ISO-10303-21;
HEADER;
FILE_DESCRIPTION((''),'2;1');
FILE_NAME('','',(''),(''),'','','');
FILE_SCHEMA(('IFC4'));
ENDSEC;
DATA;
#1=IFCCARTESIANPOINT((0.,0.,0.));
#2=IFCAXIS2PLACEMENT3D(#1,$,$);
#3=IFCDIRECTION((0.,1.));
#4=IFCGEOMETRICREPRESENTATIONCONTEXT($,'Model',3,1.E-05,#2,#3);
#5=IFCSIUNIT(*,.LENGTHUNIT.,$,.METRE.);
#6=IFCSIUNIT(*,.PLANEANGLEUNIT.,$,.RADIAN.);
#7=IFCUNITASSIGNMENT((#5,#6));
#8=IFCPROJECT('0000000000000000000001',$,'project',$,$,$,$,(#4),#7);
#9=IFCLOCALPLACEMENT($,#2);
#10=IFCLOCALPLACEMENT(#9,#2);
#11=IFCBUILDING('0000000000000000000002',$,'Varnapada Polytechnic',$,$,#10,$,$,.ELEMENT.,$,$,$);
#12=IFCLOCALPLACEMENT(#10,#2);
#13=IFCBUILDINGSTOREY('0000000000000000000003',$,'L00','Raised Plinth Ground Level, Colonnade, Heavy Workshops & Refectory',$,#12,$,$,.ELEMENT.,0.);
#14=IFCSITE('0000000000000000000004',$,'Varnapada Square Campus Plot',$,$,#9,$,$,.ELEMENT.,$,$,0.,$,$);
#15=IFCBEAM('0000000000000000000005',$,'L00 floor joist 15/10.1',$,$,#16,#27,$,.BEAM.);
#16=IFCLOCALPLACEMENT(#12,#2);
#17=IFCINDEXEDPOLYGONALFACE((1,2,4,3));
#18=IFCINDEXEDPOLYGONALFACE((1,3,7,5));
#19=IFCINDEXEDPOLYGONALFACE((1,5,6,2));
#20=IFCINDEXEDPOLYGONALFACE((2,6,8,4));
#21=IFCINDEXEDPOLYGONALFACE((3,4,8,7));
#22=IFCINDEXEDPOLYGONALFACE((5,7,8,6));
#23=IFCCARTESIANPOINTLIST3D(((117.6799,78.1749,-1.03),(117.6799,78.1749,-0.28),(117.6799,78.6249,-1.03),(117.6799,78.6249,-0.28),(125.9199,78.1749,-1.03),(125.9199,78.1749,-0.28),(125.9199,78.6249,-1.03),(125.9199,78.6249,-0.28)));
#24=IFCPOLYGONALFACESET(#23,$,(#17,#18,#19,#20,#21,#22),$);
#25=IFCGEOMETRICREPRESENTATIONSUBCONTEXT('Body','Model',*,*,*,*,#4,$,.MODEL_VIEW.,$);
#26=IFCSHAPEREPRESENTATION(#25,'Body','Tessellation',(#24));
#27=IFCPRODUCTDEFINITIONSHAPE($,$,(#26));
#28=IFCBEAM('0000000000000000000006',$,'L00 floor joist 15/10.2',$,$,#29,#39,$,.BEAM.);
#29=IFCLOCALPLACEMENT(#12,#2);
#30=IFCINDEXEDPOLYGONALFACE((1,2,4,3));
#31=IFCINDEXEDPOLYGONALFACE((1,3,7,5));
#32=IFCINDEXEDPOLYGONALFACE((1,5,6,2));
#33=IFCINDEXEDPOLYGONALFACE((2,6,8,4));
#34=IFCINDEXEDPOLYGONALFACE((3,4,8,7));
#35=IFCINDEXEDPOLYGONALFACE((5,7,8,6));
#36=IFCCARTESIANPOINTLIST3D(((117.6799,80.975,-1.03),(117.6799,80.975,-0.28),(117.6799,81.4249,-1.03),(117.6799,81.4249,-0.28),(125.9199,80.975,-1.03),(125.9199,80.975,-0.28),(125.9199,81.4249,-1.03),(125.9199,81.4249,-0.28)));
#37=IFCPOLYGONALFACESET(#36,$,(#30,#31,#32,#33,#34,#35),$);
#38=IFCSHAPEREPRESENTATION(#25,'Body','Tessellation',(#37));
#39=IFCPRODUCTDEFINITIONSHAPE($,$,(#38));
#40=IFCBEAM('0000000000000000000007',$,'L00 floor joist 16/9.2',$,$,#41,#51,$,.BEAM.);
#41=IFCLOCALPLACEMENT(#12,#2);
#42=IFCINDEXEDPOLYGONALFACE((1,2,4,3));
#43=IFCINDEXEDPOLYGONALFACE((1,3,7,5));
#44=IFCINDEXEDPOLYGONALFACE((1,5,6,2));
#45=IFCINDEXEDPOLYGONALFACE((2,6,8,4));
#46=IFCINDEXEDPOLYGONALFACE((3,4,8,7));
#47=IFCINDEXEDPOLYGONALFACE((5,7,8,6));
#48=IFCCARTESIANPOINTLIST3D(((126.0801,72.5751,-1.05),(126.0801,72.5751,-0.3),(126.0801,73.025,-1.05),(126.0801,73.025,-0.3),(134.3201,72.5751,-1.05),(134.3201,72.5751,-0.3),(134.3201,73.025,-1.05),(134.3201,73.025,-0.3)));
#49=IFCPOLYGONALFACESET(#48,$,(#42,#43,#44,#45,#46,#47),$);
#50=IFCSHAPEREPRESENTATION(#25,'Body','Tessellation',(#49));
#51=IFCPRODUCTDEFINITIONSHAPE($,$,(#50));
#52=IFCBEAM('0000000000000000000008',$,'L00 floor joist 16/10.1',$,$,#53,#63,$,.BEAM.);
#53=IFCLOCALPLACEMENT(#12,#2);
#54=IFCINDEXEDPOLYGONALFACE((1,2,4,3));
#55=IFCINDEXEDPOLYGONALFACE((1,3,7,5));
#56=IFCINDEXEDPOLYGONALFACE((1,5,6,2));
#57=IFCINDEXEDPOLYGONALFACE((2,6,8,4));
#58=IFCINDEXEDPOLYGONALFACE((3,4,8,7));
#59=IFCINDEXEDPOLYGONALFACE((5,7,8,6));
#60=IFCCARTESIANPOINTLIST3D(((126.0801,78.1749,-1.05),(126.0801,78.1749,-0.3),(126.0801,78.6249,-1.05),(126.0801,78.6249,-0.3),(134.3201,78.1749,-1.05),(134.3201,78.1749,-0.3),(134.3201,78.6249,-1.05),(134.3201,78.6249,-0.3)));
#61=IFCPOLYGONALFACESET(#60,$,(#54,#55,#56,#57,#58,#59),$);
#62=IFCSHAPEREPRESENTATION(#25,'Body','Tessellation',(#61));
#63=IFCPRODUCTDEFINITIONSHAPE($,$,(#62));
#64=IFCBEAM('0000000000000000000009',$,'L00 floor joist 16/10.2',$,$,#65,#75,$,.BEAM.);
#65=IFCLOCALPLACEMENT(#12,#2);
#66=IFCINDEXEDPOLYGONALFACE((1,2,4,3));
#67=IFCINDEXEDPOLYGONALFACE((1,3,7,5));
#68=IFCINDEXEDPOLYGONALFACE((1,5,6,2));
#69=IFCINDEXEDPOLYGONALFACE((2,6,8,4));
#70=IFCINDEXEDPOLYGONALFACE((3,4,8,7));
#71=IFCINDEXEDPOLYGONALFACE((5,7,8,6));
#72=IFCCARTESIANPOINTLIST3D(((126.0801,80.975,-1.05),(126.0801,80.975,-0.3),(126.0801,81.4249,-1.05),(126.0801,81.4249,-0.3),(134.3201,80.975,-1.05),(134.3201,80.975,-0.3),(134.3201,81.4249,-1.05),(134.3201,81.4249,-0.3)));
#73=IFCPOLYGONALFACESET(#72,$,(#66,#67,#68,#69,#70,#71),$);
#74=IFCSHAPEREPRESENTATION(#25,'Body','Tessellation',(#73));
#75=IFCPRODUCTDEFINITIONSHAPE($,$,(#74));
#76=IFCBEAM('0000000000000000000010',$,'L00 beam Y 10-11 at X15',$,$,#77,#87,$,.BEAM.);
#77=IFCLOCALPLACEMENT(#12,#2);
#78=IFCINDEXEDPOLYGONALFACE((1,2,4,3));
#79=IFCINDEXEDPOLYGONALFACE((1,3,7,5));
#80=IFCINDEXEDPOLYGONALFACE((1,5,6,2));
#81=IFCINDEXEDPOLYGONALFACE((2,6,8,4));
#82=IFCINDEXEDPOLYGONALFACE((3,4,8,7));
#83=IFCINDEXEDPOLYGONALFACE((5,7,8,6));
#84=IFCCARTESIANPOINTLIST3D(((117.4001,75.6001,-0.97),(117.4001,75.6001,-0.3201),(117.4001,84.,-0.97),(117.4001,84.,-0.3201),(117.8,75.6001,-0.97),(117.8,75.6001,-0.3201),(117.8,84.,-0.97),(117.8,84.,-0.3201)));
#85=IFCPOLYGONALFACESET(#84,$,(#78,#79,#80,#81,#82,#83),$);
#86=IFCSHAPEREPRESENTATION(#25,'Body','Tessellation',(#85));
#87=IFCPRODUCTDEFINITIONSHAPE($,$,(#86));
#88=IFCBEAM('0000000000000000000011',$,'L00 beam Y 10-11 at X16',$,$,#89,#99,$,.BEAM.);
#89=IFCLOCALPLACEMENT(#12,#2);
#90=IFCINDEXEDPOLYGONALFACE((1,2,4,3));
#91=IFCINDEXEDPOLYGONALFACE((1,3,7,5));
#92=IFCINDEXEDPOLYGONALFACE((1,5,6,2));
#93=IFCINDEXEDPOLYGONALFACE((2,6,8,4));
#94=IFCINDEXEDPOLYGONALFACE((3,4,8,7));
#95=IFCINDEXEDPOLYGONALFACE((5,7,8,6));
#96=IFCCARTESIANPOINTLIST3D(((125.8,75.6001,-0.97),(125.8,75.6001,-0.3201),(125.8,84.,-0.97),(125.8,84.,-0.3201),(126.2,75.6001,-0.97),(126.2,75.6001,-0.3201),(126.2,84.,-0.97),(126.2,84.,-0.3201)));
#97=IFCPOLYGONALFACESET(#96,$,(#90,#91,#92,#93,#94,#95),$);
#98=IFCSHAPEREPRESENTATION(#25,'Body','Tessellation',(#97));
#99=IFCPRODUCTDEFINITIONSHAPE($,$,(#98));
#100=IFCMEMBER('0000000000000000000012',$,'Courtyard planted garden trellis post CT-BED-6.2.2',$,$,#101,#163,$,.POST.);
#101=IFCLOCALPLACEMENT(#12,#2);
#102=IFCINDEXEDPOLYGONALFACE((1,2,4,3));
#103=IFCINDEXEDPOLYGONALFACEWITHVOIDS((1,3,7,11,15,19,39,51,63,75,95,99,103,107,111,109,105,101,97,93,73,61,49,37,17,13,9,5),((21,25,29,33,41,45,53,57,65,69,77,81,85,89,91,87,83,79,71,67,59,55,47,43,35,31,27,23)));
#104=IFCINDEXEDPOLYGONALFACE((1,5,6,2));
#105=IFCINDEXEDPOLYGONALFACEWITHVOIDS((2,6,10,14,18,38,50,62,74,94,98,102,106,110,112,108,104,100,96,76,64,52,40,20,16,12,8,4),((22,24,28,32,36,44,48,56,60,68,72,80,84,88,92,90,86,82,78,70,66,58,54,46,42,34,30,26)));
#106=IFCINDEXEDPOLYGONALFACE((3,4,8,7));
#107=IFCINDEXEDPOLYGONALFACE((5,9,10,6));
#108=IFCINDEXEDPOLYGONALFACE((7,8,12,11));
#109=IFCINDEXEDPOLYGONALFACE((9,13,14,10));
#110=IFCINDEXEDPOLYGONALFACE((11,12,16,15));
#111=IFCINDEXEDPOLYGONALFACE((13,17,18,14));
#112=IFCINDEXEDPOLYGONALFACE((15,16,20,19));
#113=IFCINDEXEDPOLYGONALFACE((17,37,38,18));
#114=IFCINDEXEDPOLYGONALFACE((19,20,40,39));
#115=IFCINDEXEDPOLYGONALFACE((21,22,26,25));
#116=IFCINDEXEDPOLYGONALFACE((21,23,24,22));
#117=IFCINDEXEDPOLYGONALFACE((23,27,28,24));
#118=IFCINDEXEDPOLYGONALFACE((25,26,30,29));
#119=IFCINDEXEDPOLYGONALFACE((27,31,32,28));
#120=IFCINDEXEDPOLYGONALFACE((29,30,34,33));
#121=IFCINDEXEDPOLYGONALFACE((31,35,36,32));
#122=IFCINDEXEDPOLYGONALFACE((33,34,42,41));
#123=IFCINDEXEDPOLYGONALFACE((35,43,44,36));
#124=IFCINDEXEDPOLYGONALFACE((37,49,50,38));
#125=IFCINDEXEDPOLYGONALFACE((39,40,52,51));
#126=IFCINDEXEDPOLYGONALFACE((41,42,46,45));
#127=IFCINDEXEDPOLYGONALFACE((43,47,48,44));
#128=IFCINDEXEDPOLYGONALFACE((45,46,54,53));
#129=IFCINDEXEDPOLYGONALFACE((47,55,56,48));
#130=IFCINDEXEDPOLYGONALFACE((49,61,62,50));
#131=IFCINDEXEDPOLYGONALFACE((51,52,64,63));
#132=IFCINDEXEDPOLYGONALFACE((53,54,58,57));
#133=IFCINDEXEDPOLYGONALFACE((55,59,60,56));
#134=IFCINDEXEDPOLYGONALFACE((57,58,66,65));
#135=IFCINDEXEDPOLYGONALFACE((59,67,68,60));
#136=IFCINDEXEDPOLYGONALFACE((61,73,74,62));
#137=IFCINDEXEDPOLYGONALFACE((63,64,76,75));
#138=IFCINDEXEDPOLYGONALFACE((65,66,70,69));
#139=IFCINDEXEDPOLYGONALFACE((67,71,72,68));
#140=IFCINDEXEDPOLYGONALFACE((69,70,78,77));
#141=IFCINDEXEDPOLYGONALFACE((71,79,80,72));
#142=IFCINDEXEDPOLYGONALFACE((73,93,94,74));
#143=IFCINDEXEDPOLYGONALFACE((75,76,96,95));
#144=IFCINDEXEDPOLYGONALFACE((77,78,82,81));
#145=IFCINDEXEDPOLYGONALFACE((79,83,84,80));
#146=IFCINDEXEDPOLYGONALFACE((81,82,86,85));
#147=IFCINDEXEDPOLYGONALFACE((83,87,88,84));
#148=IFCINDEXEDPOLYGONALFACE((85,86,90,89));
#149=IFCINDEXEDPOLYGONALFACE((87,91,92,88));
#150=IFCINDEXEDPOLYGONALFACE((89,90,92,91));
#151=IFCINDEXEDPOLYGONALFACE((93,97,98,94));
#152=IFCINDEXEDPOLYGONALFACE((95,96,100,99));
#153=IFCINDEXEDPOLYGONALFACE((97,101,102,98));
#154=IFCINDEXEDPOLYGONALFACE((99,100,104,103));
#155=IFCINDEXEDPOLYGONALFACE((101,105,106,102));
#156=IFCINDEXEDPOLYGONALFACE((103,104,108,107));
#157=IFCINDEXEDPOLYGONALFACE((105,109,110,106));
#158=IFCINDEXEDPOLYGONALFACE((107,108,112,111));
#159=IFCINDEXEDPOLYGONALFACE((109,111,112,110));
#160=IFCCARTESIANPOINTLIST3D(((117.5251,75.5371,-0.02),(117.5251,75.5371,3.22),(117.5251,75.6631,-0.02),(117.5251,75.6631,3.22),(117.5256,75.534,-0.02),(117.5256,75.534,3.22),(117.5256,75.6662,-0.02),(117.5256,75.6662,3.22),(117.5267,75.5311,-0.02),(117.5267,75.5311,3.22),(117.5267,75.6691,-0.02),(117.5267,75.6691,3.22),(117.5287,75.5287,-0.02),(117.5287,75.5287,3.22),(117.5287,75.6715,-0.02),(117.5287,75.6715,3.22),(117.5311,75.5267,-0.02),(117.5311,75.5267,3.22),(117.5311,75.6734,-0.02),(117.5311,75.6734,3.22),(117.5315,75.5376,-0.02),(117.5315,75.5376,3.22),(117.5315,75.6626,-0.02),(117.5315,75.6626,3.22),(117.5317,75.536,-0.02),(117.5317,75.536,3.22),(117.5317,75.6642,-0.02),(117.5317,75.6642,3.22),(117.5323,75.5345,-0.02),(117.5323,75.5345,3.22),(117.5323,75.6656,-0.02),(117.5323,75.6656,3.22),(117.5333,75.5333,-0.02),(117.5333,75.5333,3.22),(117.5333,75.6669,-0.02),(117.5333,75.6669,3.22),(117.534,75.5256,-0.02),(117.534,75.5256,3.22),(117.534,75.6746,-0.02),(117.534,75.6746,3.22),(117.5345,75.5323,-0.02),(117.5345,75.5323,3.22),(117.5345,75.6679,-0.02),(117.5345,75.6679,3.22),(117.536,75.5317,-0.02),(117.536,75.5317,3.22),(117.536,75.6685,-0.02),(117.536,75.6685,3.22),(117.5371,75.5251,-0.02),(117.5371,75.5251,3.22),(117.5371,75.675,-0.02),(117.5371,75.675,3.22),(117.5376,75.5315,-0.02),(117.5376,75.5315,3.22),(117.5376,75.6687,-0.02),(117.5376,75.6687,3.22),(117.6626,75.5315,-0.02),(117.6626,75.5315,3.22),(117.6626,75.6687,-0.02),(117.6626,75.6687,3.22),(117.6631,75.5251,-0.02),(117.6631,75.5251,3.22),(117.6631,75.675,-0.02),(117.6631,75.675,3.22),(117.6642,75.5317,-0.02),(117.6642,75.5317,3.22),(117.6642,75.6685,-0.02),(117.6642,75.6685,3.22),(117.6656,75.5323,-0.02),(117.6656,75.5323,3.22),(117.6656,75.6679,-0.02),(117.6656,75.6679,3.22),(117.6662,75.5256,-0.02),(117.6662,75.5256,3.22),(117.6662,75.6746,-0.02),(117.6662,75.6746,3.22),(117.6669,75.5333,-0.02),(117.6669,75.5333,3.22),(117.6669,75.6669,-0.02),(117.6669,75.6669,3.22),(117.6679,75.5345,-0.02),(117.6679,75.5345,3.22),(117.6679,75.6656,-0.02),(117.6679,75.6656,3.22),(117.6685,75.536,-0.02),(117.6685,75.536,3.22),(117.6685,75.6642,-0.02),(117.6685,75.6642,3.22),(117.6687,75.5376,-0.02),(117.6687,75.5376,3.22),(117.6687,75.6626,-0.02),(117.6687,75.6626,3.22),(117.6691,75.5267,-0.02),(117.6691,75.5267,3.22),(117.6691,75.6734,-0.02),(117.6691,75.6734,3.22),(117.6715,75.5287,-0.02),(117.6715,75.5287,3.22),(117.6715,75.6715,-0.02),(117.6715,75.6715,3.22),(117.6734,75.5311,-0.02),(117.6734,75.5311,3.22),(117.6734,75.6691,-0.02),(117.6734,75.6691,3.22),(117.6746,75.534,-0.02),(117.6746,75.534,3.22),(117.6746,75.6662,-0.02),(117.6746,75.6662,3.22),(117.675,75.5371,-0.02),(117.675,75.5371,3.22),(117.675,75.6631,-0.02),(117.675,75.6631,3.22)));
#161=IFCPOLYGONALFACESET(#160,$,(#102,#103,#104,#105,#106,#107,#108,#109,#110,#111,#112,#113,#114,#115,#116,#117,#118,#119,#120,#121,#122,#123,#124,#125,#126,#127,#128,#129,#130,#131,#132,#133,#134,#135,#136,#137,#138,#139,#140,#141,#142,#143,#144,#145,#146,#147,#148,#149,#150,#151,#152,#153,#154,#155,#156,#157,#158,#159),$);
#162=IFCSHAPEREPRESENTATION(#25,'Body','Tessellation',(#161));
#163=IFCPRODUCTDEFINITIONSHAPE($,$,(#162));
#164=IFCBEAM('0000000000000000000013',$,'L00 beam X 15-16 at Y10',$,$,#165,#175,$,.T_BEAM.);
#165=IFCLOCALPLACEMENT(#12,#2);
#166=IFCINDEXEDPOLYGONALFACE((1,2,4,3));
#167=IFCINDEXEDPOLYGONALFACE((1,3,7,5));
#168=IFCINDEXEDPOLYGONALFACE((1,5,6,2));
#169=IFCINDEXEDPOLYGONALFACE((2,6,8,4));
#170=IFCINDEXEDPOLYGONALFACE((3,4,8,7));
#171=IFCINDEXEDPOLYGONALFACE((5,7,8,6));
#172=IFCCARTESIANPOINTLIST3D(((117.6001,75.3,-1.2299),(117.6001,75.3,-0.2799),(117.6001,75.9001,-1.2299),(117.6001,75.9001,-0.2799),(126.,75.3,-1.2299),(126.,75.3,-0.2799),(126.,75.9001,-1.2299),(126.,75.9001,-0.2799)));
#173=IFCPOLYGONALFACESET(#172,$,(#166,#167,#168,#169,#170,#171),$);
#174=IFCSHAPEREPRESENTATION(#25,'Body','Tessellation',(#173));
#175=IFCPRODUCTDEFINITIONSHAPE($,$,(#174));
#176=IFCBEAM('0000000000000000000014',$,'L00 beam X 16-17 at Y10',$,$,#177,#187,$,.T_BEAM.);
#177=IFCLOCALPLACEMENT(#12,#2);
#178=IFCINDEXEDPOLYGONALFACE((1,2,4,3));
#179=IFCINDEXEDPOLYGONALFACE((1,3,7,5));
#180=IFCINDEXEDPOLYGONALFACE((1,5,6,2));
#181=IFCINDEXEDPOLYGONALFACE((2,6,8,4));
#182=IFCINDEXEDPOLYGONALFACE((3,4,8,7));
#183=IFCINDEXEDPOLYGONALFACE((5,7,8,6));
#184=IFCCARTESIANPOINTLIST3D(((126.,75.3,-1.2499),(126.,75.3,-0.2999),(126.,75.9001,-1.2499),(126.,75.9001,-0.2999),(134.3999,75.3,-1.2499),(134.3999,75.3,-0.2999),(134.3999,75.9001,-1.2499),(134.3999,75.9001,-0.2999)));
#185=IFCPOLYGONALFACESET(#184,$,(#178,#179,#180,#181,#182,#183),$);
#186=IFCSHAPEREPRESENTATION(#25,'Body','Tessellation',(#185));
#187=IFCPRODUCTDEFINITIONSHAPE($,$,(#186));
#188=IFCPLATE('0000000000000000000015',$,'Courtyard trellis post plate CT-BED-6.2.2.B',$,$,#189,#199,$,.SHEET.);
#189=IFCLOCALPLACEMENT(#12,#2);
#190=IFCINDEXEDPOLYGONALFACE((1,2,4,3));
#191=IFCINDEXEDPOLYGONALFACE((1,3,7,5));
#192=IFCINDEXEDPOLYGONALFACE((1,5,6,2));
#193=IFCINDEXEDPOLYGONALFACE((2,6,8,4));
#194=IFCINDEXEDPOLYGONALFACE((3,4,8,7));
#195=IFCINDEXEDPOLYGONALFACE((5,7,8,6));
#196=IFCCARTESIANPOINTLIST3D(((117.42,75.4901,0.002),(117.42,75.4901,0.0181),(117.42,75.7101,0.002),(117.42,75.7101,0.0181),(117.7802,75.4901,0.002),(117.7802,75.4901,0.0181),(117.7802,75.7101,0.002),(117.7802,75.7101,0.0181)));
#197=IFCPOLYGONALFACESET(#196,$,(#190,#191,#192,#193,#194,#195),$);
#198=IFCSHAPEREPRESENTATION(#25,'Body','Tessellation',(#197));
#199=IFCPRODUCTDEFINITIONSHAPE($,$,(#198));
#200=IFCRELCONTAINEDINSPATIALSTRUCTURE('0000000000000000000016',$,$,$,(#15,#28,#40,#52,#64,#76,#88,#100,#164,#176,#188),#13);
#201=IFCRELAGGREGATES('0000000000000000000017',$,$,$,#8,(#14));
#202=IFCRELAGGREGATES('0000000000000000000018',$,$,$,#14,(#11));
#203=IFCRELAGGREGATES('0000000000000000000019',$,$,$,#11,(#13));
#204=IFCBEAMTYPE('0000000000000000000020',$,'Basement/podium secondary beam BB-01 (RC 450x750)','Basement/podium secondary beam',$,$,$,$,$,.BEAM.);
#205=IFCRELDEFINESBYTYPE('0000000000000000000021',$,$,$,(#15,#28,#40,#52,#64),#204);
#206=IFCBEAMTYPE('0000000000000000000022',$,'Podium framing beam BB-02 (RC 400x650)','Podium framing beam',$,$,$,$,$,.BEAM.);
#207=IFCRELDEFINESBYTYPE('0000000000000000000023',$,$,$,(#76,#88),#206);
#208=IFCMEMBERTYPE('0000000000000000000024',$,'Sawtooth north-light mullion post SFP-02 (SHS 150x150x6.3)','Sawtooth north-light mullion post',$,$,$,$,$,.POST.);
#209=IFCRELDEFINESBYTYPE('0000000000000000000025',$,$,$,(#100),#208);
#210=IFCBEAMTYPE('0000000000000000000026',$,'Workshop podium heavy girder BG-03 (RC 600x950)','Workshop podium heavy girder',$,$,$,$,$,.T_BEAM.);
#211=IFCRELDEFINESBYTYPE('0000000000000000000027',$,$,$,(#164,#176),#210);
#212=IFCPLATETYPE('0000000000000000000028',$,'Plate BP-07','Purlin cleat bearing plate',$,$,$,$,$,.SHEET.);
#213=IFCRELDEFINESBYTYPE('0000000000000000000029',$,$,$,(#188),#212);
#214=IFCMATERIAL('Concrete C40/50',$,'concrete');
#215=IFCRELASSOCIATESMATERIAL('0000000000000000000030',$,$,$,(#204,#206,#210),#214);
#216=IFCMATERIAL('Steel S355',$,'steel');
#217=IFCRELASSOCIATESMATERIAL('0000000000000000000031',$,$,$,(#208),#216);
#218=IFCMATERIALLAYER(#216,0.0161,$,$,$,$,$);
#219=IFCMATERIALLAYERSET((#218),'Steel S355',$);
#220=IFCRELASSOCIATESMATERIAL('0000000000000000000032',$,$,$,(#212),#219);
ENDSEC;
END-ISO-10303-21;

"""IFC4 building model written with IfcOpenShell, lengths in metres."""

from ifc_helpers import new_model, si_unit, direction, frame, origin, origin_2d, place, context, subcontext, project, spatial, rectangle, hollow_rectangle, extrude, material, layer, layer_set, material_profile, profile_set, type_object, element, save


model = new_model("IFC4")

# Units and contexts
model_context = context("Model", 3, precision=1e-05, world=origin(), true_north=direction((0.0, 1.0)))
body_context = subcontext(model_context, "Body", "Model", "MODEL_VIEW")
ifc_project = project(units=[si_unit("LENGTHUNIT", "METRE"), si_unit("PLANEANGLEUNIT", "RADIAN")], contexts=[model_context])

# Site, building, storey
site_placement = place(None, origin())
site = spatial("IfcSite", under=ifc_project, at=site_placement, Name="Varnapada Square Campus Plot", CompositionType="ELEMENT", RefElevation=0.0)
building_placement = place(site_placement, origin())
building = spatial("IfcBuilding", under=site, at=building_placement, Name="Varnapada Polytechnic", CompositionType="ELEMENT")
storey_placement = place(building_placement, origin())
storey = spatial("IfcBuildingStorey", under=building, at=storey_placement, Name="L00", Description="Raised Plinth Ground Level, Colonnade, Heavy Workshops & Refectory", CompositionType="ELEMENT", Elevation=0.0)

# Beams
ifc_material_1 = material(Name="Concrete C40/50", Category="concrete")
ifc_material_profile_1 = material_profile(ifc_material_1, rectangle(XDim=0.45, YDim=0.75, at=origin_2d()), Name="RC 450x750")
ifc_profile_set_1 = profile_set([ifc_material_profile_1], Name="Concrete C40/50")
beam_type_1 = type_object("IfcBeamType", Name="Basement/podium secondary beam BB-01 (RC 450x750)", Description="Basement/podium secondary beam", PredefinedType="BEAM", material=ifc_profile_set_1)
for number, where, z_axis, x_axis, name in (
    (1, (117.6799, 78.3999, -0.655), (1.0, 0.0, 0.0), (0.0, 1.0, 0.0), "L00 floor joist 15/10.1"),
    (2, (117.6799, 81.2, -0.655), (1.0, 0.0, 0.0), (0.0, 1.0, 0.0), "L00 floor joist 15/10.2"),
    (3, (126.0801, 72.8, -0.675), (1.0, 0.0, 0.0), (0.0, 1.0, 0.0), "L00 floor joist 16/9.2"),
    (4, (126.0801, 78.3999, -0.675), (1.0, 0.0, 0.0), (0.0, 1.0, 0.0), "L00 floor joist 16/10.1"),
    (5, (126.0801, 81.2, -0.675), (1.0, 0.0, 0.0), (0.0, 1.0, 0.0), "L00 floor joist 16/10.2"),
):
    element("IfcBeam", number, at=place(storey_placement, frame(where, z_axis=z_axis, x_axis=x_axis)), inside=storey, type_object=beam_type_1, Name=name, PredefinedType="BEAM", context=body_context, shape_type="SweptSolid", body=[
        extrude(rectangle(XDim=0.45, YDim=0.75, at=origin_2d()), origin(), (0.0, 0.0, 1.0), 8.24),
    ])
ifc_material_profile_2 = material_profile(ifc_material_1, rectangle(XDim=0.3999, YDim=0.6499, at=origin_2d()), Name="RC 400x650")
ifc_profile_set_2 = profile_set([ifc_material_profile_2], Name="Concrete C40/50")
beam_type_2 = type_object("IfcBeamType", Name="Podium framing beam BB-02 (RC 400x650)", Description="Podium framing beam", PredefinedType="BEAM", material=ifc_profile_set_2)
for number, where, z_axis, x_axis, name in (
    (6, (117.6001, 75.6001, -0.645), (0.0, 1.0, 0.0), (-1.0, 0.0, 0.0), "L00 beam Y 10-11 at X15"),
    (7, (126.0, 75.6001, -0.645), (0.0, 1.0, 0.0), (-1.0, 0.0, 0.0), "L00 beam Y 10-11 at X16"),
):
    element("IfcBeam", number, at=place(storey_placement, frame(where, z_axis=z_axis, x_axis=x_axis)), inside=storey, type_object=beam_type_2, Name=name, PredefinedType="BEAM", context=body_context, shape_type="SweptSolid", body=[
        extrude(rectangle(XDim=0.3999, YDim=0.6499, at=origin_2d()), origin(), (0.0, 0.0, 1.0), 8.3999),
    ])

# Member
ifc_material_2 = material(Name="Steel S355", Category="steel")
ifc_material_profile_3 = material_profile(ifc_material_2, hollow_rectangle(XDim=0.1499, YDim=0.1499, WallThickness=0.0063, InnerFilletRadius=0.0061, OuterFilletRadius=0.012, at=origin_2d()), Name="SHS 150x150x6.3")
ifc_profile_set_3 = profile_set([ifc_material_profile_3], Name="Steel S355")
member_type = type_object("IfcMemberType", Name="Sawtooth north-light mullion post SFP-02 (SHS 150x150x6.3)", Description="Sawtooth north-light mullion post", PredefinedType="POST", material=ifc_profile_set_3)
member_placement = place(storey_placement, frame((117.6001, 75.6001, -0.02), z_axis=(0.0, 0.0, 1.0), x_axis=(1.0, 0.0, 0.0)))
element("IfcMember", 8, at=member_placement, inside=storey, type_object=member_type, Name="Courtyard planted garden trellis post CT-BED-6.2.2", PredefinedType="POST", context=body_context, shape_type="SweptSolid", body=[
    extrude(hollow_rectangle(XDim=0.1499, YDim=0.1499, WallThickness=0.0063, InnerFilletRadius=0.0061, OuterFilletRadius=0.012, at=origin_2d()), origin(), (0.0, 0.0, 1.0), 3.24),
])

# Beams
ifc_material_profile_4 = material_profile(ifc_material_1, rectangle(XDim=0.6001, YDim=0.95, at=origin_2d()), Name="RC 600x950")
ifc_profile_set_4 = profile_set([ifc_material_profile_4], Name="Concrete C40/50")
beam_type_3 = type_object("IfcBeamType", Name="Workshop podium heavy girder BG-03 (RC 600x950)", Description="Workshop podium heavy girder", PredefinedType="T_BEAM", material=ifc_profile_set_4)
for number, where, z_axis, x_axis, name in (
    (9, (117.6001, 75.6001, -0.7549), (1.0, 0.0, 0.0), (0.0, 1.0, 0.0), "L00 beam X 15-16 at Y10"),
    (10, (126.0, 75.6001, -0.7749), (1.0, 0.0, 0.0), (0.0, 1.0, 0.0), "L00 beam X 16-17 at Y10"),
):
    element("IfcBeam", number, at=place(storey_placement, frame(where, z_axis=z_axis, x_axis=x_axis)), inside=storey, type_object=beam_type_3, Name=name, PredefinedType="T_BEAM", context=body_context, shape_type="SweptSolid", body=[
        extrude(rectangle(XDim=0.6001, YDim=0.95, at=origin_2d()), origin(), (0.0, 0.0, 1.0), 8.3999),
    ])

# Plate
ifc_layer_1 = layer(ifc_material_2, 0.0161)
ifc_layer_set_1 = layer_set([ifc_layer_1], Name="Steel S355")
plate_type = type_object("IfcPlateType", Name="Plate BP-07", Description="Purlin cleat bearing plate", PredefinedType="SHEET", material=ifc_layer_set_1)
for number, where, z_axis, x_axis, name in (
    (11, (117.6001, 75.6001, 0.002), (0.0, 0.0, 1.0), (1.0, 0.0, 0.0), "Courtyard trellis post plate CT-BED-6.2.2.B"),
):
    element("IfcPlate", number, at=place(storey_placement, frame(where, z_axis=z_axis, x_axis=x_axis)), inside=storey, type_object=plate_type, Name=name, PredefinedType="SHEET", context=body_context, shape_type="SweptSolid", body=[
        extrude(rectangle(XDim=0.3601, YDim=0.22, at=origin_2d()), origin(), (0.0, 0.0, 1.0), 0.0161),
    ])

save(model, "model.ifc")
